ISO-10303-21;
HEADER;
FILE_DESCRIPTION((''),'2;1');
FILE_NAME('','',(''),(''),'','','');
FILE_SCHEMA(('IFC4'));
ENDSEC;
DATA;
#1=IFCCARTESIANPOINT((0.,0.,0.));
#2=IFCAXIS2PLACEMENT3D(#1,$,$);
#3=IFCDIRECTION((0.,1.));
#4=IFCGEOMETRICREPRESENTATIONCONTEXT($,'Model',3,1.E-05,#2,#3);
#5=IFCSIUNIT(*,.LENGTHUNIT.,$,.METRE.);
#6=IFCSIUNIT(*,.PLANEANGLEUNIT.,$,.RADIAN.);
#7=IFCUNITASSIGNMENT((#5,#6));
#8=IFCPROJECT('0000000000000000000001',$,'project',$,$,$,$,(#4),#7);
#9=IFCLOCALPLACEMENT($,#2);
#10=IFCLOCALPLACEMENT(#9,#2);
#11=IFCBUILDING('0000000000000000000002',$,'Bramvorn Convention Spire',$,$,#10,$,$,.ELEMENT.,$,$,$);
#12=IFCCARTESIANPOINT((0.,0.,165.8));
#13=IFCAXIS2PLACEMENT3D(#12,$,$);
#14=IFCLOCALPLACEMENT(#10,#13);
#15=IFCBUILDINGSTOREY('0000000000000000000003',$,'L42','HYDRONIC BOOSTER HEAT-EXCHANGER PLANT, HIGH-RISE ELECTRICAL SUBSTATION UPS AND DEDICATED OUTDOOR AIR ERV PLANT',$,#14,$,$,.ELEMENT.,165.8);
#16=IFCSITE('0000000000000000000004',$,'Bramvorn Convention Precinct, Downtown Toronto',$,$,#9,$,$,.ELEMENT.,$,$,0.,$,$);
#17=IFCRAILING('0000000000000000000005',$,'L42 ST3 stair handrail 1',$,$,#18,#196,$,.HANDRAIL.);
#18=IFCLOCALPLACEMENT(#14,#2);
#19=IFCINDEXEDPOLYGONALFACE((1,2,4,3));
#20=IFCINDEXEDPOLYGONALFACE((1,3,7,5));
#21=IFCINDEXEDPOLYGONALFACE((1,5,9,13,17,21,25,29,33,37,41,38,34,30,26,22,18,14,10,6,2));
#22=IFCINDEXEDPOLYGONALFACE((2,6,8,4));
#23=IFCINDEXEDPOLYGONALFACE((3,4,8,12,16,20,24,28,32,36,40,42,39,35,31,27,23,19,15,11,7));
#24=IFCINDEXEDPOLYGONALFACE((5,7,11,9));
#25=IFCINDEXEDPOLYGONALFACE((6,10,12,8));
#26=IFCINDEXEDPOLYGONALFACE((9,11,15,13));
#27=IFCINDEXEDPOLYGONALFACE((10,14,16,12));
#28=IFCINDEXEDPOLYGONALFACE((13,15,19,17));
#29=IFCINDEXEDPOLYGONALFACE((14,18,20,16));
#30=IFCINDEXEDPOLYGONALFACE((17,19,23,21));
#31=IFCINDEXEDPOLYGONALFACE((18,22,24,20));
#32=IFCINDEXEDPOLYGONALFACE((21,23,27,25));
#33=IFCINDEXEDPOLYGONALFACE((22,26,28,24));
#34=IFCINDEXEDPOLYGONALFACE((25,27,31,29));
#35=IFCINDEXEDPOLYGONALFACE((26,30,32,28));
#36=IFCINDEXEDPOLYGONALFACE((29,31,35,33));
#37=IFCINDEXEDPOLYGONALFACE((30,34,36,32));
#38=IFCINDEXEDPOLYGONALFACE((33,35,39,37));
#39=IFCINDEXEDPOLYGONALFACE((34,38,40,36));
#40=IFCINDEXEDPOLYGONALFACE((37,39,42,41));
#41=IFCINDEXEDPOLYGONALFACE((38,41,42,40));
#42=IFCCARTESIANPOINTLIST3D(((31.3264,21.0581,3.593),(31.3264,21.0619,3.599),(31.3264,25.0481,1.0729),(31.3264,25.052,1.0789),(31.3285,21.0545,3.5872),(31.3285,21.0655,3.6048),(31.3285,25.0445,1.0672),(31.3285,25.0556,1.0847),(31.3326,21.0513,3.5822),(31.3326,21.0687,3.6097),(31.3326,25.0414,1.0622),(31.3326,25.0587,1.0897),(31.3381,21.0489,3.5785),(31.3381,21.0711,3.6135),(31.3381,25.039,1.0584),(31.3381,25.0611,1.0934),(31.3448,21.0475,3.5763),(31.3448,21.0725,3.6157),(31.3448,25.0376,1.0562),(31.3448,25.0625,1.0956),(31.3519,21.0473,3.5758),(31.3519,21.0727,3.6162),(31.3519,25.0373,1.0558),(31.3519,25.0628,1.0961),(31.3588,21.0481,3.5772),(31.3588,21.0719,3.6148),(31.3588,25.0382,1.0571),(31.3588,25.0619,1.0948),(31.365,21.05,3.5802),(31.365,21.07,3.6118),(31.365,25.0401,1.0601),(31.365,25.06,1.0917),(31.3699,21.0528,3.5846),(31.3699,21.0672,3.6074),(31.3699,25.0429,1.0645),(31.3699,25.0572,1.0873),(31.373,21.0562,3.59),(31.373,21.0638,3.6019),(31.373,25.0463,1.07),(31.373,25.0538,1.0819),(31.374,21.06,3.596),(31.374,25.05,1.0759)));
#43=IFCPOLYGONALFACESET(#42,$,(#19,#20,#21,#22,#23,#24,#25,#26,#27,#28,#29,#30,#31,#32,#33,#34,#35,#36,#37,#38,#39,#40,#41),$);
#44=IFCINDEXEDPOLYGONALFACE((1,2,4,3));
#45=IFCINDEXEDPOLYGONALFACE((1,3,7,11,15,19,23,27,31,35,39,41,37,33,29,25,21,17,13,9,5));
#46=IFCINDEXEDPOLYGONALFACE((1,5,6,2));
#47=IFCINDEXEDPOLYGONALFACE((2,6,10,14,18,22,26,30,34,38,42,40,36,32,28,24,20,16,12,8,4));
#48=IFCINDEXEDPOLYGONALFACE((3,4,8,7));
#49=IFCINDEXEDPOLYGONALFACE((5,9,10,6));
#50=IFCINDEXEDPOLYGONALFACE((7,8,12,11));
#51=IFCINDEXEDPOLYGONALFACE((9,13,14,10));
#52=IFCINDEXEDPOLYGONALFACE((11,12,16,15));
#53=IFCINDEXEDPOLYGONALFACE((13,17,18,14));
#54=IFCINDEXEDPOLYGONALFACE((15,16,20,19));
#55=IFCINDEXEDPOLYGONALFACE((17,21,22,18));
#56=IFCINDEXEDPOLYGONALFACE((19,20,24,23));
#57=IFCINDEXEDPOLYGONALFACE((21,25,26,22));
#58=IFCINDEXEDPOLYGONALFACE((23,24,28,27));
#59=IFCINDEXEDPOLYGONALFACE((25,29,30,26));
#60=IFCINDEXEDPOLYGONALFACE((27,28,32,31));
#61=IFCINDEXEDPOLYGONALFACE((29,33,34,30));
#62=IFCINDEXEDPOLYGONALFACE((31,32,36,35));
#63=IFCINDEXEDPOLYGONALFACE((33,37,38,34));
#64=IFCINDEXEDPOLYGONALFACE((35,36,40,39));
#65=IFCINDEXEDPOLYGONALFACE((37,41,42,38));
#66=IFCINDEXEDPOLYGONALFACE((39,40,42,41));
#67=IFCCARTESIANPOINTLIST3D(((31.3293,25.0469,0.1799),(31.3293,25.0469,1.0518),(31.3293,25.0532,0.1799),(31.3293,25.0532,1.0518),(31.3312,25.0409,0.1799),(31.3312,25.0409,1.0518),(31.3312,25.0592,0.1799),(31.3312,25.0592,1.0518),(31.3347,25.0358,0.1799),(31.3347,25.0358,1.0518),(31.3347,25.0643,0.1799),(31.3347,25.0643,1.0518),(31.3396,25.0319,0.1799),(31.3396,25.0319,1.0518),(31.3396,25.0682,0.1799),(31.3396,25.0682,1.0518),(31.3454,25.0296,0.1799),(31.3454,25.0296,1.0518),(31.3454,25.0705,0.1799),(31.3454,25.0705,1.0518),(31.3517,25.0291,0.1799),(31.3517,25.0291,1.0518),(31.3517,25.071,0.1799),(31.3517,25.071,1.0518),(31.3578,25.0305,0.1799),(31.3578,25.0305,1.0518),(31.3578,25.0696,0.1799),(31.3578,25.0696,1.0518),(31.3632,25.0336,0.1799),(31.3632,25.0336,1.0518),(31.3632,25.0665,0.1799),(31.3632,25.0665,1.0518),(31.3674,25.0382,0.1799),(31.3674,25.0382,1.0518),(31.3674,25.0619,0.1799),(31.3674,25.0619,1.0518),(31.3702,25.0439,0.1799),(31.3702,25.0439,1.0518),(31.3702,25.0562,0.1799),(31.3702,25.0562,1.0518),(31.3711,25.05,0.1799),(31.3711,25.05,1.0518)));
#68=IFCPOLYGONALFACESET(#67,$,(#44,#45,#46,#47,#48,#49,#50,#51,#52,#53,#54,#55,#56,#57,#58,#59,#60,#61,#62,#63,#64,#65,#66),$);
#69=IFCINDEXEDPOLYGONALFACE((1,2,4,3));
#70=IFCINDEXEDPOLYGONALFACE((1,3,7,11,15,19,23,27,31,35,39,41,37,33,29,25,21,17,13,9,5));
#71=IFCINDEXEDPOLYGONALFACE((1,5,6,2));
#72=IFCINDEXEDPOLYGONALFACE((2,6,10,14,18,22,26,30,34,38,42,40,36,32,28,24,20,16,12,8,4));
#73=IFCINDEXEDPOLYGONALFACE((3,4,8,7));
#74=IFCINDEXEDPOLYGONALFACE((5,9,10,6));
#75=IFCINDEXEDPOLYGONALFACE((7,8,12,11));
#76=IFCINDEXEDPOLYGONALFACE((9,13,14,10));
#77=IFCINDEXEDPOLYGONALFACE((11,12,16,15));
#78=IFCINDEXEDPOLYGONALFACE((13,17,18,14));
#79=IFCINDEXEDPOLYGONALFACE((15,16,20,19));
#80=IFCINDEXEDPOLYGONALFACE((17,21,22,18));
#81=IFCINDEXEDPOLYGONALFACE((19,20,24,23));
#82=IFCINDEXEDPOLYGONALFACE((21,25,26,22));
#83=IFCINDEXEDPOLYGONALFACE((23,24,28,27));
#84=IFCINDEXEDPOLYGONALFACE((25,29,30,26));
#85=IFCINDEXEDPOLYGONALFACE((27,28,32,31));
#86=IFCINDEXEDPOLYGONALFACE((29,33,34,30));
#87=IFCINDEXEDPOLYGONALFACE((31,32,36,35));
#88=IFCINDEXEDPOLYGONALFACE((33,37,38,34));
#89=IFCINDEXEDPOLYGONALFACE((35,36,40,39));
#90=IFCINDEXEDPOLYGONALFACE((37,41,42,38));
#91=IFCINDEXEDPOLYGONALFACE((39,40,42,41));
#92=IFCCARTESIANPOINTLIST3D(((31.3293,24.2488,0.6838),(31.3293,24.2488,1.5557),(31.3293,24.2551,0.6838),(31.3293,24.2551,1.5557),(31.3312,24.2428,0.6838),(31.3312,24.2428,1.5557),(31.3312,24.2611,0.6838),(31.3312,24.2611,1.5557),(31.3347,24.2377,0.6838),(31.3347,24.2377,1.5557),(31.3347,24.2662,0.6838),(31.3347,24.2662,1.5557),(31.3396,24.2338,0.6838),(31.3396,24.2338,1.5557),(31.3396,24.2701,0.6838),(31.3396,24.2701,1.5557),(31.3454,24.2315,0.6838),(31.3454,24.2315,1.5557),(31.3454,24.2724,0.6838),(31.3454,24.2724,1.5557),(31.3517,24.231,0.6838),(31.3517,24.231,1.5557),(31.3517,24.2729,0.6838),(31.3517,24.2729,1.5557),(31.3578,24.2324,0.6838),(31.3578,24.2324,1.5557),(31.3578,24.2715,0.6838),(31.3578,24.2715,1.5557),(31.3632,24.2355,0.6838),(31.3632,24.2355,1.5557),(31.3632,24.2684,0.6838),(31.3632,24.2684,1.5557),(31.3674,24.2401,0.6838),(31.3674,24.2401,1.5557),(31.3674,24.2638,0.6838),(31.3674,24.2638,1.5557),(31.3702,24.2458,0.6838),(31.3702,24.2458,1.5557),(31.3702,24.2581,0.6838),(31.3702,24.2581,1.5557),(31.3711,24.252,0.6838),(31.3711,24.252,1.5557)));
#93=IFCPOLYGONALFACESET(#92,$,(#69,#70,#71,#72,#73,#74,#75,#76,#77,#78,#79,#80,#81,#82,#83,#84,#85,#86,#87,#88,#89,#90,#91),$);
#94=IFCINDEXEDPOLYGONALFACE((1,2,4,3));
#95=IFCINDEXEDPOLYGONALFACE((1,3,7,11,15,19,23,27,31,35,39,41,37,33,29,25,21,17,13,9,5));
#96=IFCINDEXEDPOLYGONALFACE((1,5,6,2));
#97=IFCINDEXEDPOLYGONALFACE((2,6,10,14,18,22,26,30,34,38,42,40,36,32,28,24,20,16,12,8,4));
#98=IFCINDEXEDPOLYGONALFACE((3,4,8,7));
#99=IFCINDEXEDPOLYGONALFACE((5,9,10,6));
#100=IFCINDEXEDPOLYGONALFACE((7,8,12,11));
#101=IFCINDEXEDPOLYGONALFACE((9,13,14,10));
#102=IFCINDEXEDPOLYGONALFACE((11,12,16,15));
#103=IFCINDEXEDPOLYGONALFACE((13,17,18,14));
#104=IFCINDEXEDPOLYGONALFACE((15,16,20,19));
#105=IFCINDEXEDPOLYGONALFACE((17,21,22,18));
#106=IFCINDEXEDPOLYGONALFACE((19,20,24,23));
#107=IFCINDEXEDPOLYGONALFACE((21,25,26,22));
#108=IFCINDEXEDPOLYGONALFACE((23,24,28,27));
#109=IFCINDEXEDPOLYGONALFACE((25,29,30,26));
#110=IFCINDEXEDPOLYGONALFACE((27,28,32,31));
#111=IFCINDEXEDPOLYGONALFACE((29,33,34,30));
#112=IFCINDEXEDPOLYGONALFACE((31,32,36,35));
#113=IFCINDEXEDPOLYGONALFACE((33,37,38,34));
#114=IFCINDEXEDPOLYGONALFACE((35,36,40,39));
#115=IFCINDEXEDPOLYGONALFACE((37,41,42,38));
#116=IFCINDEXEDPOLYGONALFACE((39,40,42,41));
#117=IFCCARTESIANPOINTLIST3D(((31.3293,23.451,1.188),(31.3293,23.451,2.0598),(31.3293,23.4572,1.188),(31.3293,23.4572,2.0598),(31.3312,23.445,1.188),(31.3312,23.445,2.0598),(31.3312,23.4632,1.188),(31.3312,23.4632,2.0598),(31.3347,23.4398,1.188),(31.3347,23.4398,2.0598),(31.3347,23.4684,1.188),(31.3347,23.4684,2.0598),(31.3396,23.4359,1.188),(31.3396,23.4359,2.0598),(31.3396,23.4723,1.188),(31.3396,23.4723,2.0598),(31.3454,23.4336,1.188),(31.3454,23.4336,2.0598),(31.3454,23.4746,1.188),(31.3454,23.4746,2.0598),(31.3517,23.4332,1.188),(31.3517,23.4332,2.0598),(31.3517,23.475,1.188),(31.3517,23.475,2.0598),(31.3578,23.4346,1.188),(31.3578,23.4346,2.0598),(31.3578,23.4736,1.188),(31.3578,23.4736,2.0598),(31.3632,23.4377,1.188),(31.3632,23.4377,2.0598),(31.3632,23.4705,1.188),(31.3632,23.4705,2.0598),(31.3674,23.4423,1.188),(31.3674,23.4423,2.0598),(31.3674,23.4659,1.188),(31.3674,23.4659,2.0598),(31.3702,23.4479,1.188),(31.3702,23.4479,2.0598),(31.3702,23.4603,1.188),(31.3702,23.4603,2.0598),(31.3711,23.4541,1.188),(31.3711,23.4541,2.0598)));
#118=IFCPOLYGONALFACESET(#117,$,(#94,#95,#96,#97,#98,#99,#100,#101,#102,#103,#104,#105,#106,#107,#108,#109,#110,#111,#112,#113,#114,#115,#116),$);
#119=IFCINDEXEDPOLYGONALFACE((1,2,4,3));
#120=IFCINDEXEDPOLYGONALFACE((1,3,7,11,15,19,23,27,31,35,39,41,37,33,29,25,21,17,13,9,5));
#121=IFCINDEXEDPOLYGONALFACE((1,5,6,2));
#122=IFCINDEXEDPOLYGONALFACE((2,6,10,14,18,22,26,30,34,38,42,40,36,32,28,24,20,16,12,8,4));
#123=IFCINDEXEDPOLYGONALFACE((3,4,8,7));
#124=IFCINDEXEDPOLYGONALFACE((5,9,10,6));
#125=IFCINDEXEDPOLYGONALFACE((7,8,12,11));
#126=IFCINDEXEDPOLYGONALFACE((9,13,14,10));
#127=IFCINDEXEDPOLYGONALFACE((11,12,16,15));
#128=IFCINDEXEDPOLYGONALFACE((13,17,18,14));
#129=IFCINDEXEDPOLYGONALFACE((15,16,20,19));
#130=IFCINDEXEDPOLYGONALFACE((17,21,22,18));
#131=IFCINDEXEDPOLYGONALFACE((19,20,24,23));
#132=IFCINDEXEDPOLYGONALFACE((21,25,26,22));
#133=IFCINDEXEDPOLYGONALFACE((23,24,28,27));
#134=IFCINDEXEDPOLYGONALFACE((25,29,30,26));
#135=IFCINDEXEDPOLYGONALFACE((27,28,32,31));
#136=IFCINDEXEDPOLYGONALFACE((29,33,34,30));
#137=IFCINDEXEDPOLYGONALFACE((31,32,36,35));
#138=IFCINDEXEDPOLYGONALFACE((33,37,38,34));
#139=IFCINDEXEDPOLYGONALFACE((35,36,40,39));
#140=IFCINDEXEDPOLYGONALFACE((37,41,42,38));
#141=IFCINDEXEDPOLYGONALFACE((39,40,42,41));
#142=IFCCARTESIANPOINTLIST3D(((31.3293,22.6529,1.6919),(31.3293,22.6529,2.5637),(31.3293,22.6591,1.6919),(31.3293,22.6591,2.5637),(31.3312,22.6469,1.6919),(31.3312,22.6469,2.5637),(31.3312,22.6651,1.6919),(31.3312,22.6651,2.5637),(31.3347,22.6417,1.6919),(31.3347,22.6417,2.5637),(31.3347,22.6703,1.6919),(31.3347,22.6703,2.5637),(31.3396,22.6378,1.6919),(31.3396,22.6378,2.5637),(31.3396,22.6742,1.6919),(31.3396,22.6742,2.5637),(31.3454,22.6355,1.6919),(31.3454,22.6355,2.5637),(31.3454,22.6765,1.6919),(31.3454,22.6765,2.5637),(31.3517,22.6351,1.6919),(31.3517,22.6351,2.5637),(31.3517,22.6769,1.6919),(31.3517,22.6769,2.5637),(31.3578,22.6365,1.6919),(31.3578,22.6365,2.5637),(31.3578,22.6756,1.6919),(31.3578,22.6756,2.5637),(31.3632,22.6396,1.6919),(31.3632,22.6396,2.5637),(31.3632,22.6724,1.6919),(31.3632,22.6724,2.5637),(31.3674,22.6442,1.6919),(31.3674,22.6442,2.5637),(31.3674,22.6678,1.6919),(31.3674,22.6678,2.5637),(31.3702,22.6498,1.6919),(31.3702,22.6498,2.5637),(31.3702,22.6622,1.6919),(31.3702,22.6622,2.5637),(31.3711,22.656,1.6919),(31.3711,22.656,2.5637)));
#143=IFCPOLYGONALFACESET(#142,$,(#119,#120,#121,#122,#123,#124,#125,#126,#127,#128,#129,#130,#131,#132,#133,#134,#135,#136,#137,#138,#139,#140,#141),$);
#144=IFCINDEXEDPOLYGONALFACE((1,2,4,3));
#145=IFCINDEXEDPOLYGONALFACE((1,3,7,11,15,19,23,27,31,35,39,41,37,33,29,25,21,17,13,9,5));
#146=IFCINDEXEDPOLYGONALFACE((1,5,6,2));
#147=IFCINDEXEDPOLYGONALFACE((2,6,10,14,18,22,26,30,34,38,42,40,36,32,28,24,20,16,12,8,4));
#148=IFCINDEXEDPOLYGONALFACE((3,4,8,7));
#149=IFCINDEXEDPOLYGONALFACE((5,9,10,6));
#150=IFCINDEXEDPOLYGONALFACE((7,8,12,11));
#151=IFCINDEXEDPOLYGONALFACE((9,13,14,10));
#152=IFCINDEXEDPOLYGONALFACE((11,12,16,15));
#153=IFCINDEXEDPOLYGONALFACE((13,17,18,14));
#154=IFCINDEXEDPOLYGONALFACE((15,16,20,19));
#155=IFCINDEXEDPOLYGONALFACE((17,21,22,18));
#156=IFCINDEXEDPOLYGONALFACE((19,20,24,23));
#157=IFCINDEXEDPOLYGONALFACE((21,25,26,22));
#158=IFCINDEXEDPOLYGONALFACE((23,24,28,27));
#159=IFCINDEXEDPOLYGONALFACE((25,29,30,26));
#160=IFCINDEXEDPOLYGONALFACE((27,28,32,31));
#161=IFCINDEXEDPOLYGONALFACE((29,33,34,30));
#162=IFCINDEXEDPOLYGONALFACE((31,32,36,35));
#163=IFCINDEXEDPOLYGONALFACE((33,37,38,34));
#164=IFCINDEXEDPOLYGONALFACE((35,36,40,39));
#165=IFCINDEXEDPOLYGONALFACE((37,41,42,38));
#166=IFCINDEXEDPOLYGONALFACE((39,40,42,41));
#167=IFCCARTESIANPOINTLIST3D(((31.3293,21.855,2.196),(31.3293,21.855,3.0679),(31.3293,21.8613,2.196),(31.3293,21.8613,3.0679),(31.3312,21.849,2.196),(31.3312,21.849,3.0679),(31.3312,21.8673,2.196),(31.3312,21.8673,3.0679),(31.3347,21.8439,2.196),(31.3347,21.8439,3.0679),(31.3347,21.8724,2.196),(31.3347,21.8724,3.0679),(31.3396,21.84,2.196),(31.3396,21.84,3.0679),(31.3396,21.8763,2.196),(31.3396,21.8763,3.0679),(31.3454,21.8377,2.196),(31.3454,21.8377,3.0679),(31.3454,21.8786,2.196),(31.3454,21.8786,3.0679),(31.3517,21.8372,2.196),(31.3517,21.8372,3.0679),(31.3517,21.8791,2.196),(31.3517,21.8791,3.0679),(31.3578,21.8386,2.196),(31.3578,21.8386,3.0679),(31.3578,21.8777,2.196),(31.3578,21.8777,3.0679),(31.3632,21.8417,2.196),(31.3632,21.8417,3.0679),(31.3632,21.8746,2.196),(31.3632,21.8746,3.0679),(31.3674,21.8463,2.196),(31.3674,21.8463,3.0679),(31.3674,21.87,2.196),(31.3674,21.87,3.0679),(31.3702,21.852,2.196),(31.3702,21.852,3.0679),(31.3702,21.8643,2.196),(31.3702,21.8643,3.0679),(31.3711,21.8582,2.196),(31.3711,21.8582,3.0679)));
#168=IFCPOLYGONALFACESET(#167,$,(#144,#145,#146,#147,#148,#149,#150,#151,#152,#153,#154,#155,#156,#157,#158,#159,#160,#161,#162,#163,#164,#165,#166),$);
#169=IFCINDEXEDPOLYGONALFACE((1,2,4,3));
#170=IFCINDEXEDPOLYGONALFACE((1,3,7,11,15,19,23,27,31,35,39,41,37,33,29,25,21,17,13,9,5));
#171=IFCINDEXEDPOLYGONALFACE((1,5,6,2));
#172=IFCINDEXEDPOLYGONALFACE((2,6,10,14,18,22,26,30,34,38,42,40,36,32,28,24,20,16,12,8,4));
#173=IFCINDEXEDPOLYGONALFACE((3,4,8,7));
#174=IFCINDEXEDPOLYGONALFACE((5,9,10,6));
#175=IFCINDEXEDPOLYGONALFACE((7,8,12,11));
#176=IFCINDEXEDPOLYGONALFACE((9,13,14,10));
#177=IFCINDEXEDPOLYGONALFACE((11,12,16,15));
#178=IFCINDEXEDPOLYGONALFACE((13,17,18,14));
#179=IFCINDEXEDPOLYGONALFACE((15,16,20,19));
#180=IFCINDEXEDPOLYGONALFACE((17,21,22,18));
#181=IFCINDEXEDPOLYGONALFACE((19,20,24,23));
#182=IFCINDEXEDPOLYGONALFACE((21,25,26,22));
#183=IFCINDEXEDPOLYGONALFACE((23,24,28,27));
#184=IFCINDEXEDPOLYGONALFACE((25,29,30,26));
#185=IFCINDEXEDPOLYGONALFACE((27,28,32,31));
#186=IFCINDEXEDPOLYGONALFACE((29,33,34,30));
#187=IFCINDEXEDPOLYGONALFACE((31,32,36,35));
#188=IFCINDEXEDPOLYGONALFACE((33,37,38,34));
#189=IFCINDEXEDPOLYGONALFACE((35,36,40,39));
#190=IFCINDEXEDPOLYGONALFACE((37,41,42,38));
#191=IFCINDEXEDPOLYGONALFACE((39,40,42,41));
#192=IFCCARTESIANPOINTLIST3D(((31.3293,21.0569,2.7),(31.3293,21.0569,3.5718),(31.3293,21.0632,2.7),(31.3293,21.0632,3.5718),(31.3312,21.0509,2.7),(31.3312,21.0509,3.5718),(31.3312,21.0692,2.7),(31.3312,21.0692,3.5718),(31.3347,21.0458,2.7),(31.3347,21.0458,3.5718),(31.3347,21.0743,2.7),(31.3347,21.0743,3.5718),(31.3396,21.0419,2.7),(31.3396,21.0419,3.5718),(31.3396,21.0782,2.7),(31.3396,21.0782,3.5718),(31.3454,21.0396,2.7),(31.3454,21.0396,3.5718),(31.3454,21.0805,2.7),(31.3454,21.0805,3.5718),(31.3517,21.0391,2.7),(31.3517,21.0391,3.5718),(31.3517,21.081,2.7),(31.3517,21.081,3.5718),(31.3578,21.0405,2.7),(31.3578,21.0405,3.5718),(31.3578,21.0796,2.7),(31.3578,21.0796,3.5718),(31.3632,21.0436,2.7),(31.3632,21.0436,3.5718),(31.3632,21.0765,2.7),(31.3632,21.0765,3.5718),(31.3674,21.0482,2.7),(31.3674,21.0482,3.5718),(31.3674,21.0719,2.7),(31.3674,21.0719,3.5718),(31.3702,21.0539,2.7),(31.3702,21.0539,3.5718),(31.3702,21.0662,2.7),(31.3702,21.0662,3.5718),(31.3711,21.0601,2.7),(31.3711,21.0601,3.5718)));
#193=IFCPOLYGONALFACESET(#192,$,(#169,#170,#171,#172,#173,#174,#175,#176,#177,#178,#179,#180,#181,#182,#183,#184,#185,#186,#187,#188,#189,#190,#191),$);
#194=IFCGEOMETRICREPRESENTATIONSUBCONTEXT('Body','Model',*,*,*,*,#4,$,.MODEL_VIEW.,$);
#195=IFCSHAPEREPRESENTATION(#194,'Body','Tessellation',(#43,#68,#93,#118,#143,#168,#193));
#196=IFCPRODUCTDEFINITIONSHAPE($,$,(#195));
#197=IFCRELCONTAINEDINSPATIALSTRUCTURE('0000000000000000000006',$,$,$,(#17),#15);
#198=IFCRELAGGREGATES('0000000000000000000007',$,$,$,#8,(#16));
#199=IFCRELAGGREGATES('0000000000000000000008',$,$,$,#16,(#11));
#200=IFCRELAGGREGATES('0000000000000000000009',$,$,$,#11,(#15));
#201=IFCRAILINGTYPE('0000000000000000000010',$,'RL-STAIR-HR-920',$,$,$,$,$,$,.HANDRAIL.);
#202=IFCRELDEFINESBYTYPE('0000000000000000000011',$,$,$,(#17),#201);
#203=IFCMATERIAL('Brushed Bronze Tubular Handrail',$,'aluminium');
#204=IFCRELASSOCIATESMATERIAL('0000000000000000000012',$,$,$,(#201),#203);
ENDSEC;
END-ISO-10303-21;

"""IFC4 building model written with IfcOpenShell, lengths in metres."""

from ifc_helpers import new_model, si_unit, direction, frame, origin, origin_2d, place, context, subcontext, project, spatial, circle, extrude, material, type_object, element, save


model = new_model("IFC4")

# Units and contexts
model_context = context("Model", 3, precision=1e-05, world=origin(), true_north=direction((0.0, 1.0)))
body_context = subcontext(model_context, "Body", "Model", "MODEL_VIEW")
ifc_project = project(units=[si_unit("LENGTHUNIT", "METRE"), si_unit("PLANEANGLEUNIT", "RADIAN")], contexts=[model_context])

# Site, building, storey
site_placement = place(None, origin())
site = spatial("IfcSite", under=ifc_project, at=site_placement, Name="Bramvorn Convention Precinct, Downtown Toronto", CompositionType="ELEMENT", RefElevation=0.0)
building_placement = place(site_placement, origin())
building = spatial("IfcBuilding", under=site, at=building_placement, Name="Bramvorn Convention Spire", CompositionType="ELEMENT")
storey_placement = place(building_placement, frame((0.0, 0.0, 165.8)))
storey = spatial("IfcBuildingStorey", under=building, at=storey_placement, Name="L42", Description="HYDRONIC BOOSTER HEAT-EXCHANGER PLANT, HIGH-RISE ELECTRICAL SUBSTATION UPS AND DEDICATED OUTDOOR AIR ERV PLANT", CompositionType="ELEMENT", Elevation=165.8)

# Railing
ifc_material_1 = material(Name="Brushed Bronze Tubular Handrail", Category="aluminium")
railing_type_1 = type_object("IfcRailingType", Name="RL-STAIR-HR-920", PredefinedType="HANDRAIL", material=ifc_material_1)
railing_1_placement = place(storey_placement, frame((31.3501, 25.05, 0.1799)))
element("IfcRailing", 1, at=railing_1_placement, inside=storey, type_object=railing_type_1, Name="L42 ST3 stair handrail 1", PredefinedType="HANDRAIL", context=body_context, shape_type="SweptSolid", body=[
    extrude(circle(Radius=0.0239, at=origin_2d()), frame((0.0, 0.0, 0.896), z_axis=(0.0, -0.845486, 0.533997), x_axis=(1.0, 0.0, 0.0)), (0.0, 0.0, 1.0), 4.7192),
    extrude(circle(Radius=0.021, at=origin_2d()), origin(), (0.0, 0.0, 1.0), 0.8718),
    extrude(circle(Radius=0.021, at=origin_2d()), frame((0.0, -0.7981, 0.5039)), (0.0, 0.0, 1.0), 0.8718),
    extrude(circle(Radius=0.021, at=origin_2d()), frame((0.0, -1.5959, 1.0081)), (0.0, 0.0, 1.0), 0.8718),
    extrude(circle(Radius=0.021, at=origin_2d()), frame((0.0, -2.394, 1.512)), (0.0, 0.0, 1.0), 0.8718),
    extrude(circle(Radius=0.021, at=origin_2d()), frame((0.0, -3.1919, 2.0161)), (0.0, 0.0, 1.0), 0.8718),
    extrude(circle(Radius=0.021, at=origin_2d()), frame((0.0, -3.99, 2.52)), (0.0, 0.0, 1.0), 0.8718),
])

save(model, "model.ifc")
